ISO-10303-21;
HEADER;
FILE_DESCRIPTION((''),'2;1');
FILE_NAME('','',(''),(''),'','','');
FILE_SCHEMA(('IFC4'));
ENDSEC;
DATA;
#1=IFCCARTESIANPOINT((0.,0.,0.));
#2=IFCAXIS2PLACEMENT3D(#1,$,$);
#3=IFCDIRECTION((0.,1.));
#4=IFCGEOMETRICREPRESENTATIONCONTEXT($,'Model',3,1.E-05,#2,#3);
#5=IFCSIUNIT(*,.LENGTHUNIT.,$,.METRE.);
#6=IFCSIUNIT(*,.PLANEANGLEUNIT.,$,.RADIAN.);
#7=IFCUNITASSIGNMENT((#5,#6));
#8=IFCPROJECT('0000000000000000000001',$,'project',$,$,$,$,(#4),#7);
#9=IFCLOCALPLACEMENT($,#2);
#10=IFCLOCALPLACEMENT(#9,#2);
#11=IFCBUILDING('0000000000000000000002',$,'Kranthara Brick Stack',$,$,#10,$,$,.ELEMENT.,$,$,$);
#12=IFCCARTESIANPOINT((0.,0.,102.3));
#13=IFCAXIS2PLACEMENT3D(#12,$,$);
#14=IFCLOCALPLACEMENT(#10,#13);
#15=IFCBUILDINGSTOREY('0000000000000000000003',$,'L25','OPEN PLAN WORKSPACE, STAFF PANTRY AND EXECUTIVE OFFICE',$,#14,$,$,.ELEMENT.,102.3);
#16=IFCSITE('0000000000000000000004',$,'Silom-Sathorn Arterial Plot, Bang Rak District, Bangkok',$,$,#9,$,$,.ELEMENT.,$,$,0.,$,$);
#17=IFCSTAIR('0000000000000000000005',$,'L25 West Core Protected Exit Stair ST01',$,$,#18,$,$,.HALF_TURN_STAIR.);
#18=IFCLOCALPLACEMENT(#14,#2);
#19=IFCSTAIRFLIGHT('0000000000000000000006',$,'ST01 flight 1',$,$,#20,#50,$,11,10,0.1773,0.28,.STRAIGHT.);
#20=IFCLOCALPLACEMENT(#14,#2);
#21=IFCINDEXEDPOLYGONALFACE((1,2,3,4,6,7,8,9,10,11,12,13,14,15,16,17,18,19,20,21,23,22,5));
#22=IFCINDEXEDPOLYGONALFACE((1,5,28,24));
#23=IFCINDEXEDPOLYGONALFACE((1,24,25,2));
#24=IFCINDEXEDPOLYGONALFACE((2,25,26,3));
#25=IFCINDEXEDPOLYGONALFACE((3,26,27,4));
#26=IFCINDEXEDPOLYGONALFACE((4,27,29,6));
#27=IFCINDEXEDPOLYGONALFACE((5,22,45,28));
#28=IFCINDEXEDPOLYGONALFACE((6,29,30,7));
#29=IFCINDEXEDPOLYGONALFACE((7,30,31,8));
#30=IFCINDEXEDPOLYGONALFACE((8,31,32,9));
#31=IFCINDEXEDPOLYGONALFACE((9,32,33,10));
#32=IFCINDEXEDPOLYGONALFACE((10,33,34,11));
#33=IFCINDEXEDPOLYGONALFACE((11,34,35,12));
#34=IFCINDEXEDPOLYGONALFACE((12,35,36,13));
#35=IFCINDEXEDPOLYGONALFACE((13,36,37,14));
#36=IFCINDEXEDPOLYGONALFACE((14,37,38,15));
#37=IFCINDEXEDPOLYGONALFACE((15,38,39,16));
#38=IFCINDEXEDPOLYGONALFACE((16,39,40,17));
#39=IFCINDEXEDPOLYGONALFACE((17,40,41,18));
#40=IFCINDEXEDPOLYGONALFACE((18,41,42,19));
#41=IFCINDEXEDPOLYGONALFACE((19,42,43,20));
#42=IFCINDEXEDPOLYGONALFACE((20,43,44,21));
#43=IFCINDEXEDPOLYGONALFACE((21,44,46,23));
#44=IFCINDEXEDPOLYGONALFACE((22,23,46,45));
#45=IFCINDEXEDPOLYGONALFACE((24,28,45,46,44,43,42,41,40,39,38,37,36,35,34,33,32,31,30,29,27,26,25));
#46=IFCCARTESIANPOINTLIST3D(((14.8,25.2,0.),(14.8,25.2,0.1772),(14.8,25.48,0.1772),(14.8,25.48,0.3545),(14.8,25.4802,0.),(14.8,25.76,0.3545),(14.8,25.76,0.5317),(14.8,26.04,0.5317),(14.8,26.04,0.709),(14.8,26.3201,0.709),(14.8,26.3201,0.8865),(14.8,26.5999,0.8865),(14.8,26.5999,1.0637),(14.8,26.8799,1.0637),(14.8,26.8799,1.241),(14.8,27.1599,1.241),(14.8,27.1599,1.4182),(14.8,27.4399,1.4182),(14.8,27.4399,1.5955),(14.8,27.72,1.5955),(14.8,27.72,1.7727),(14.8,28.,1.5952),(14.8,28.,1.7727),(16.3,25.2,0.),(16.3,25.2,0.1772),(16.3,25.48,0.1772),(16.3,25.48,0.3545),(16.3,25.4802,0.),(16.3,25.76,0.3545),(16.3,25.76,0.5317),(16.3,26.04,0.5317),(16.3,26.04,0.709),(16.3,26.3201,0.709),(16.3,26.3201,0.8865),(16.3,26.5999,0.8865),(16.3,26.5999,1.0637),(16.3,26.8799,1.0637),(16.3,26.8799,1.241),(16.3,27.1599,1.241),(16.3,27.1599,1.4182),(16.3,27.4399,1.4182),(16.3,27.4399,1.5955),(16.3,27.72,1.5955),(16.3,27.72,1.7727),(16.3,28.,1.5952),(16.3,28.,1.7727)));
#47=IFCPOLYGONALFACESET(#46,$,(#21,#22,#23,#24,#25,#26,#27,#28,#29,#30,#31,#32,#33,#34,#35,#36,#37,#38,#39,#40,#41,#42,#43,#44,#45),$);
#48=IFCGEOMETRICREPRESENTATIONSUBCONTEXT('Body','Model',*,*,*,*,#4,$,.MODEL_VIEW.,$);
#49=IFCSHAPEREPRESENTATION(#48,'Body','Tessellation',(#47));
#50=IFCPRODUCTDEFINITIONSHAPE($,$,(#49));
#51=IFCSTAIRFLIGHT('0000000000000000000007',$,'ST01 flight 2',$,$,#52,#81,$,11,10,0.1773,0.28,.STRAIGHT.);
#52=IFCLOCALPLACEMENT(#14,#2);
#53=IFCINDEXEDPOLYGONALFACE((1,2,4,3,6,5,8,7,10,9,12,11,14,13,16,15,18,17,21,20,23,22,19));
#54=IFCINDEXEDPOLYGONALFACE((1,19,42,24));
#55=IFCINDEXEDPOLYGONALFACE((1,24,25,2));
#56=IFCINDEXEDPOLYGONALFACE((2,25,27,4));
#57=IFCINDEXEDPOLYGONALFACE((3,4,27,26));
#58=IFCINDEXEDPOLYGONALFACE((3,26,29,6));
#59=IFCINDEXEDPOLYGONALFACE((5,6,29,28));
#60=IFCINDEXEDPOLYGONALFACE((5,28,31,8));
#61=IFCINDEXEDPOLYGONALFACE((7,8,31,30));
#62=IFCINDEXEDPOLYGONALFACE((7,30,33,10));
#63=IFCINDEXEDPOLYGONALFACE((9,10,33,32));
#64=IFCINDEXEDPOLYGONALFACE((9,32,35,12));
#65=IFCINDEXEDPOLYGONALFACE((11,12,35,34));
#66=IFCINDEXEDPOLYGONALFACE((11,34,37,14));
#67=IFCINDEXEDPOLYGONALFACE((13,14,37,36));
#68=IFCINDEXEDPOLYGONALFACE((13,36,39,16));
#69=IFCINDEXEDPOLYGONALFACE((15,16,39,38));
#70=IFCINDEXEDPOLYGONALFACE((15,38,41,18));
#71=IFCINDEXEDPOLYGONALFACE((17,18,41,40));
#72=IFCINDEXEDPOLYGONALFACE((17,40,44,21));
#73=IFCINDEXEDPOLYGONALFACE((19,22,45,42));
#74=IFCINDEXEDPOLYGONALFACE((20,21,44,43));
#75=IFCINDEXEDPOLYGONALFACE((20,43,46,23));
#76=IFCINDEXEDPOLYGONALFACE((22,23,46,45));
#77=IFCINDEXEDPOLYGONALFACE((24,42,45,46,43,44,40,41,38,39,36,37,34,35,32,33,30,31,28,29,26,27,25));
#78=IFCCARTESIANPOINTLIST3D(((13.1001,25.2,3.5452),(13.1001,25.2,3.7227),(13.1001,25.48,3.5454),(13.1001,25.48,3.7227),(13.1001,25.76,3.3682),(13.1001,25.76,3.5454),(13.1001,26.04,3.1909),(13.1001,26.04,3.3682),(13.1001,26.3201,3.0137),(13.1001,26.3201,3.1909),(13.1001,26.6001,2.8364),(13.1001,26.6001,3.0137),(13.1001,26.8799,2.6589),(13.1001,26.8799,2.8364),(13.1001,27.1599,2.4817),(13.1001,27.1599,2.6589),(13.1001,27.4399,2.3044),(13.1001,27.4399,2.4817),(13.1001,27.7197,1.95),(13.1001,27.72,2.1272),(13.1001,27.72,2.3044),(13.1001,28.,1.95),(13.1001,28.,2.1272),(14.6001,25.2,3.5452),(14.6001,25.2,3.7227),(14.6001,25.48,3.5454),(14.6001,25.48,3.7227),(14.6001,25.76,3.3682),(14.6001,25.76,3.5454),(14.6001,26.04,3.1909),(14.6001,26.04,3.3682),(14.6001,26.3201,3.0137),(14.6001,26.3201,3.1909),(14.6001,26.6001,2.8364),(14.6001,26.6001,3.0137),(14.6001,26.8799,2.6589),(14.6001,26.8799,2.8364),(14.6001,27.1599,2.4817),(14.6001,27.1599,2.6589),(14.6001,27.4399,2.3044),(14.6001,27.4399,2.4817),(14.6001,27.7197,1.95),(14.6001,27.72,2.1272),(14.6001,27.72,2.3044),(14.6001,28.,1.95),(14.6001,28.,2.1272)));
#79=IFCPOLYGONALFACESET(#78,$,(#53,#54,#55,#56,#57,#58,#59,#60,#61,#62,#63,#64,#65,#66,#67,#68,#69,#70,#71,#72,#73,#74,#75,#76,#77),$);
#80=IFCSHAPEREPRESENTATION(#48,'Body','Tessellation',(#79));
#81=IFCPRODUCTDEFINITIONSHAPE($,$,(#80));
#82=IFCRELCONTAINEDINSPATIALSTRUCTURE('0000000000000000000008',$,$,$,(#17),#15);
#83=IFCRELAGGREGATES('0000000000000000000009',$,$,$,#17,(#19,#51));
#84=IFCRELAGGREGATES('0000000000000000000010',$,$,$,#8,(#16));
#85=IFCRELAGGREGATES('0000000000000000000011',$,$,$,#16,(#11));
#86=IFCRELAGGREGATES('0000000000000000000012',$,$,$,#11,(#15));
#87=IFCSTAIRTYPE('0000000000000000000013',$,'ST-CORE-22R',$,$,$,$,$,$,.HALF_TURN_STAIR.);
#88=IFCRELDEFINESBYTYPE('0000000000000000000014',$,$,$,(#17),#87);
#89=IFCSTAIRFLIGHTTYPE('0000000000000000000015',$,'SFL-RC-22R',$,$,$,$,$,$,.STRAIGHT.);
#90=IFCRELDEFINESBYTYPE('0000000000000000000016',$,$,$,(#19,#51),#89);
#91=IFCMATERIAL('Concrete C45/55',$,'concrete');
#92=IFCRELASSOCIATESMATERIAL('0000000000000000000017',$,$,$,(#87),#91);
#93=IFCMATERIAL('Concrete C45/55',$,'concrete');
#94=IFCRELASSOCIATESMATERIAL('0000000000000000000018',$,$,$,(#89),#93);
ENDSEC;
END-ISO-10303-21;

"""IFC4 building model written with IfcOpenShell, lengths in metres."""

from ifc_helpers import new_model, si_unit, direction, frame, origin, place, context, subcontext, project, spatial, polyline, outline, extrude, material, type_object, element, aggregate, save


model = new_model("IFC4")

# Units and contexts
model_context = context("Model", 3, precision=1e-05, world=origin(), true_north=direction((0.0, 1.0)))
body_context = subcontext(model_context, "Body", "Model", "MODEL_VIEW")
ifc_project = project(units=[si_unit("LENGTHUNIT", "METRE"), si_unit("PLANEANGLEUNIT", "RADIAN")], contexts=[model_context])

# Site, building, storey
site_placement = place(None, origin())
site = spatial("IfcSite", under=ifc_project, at=site_placement, Name="Silom-Sathorn Arterial Plot, Bang Rak District, Bangkok", CompositionType="ELEMENT", RefElevation=0.0)
building_placement = place(site_placement, origin())
building = spatial("IfcBuilding", under=site, at=building_placement, Name="Kranthara Brick Stack", CompositionType="ELEMENT")
storey_placement = place(building_placement, frame((0.0, 0.0, 102.3)))
storey = spatial("IfcBuildingStorey", under=building, at=storey_placement, Name="L25", Description="OPEN PLAN WORKSPACE, STAFF PANTRY AND EXECUTIVE OFFICE", CompositionType="ELEMENT", Elevation=102.3)

# Stair, stair flights
ifc_material_1 = material(Name="Concrete C45/55", Category="concrete")
stair_type = type_object("IfcStairType", Name="ST-CORE-22R", PredefinedType="HALF_TURN_STAIR", material=ifc_material_1)
stair_placement = place(storey_placement, origin())
stair = element("IfcStair", 1, at=stair_placement, inside=storey, type_object=stair_type, Name="L25 West Core Protected Exit Stair ST01", PredefinedType="HALF_TURN_STAIR")
ifc_material_2 = material(Name="Concrete C45/55", Category="concrete")
stair_flight_type = type_object("IfcStairFlightType", Name="SFL-RC-22R", PredefinedType="STRAIGHT", material=ifc_material_2)
stair_flight_1_placement = place(storey_placement, frame((15.55, 25.2, 0.0), z_axis=(0.0, 0.0, 1.0), x_axis=(0.0, 1.0, 0.0)))
stair_flight_1 = element("IfcStairFlight", 2, at=stair_flight_1_placement, type_object=stair_flight_type, Name="ST01 flight 1", NumberOfRisers=11, NumberOfTreads=10, PredefinedType="STRAIGHT", RiserHeight=0.1773, TreadLength=0.28, context=body_context, shape_type="SweptSolid", body=[
    extrude(outline(polyline([(0.0, 0.0), (0.0, 0.1772), (0.28, 0.1772), (0.28, 0.3545), (0.5601, 0.3545), (0.5601, 0.5317), (0.8401, 0.5317), (0.8401, 0.709), (1.1201, 0.709), (1.1201, 0.8865), (1.3999, 0.8865), (1.3999, 1.0637), (1.6799, 1.0637), (1.6799, 1.241), (1.96, 1.241), (1.96, 1.4182), (2.24, 1.4182), (2.24, 1.5955), (2.52, 1.5955), (2.52, 1.7727), (2.8, 1.7727), (2.8, 1.95), (2.8, 1.5952), (0.2803, 0.0), (0.0, 0.0)])), frame((0.0, 0.75, 0.0), z_axis=(0.0, -1.0, 0.0), x_axis=(1.0, 0.0, 0.0)), (0.0, 0.0, 1.0), 1.5),
])
stair_flight_2_placement = place(storey_placement, frame((13.8501, 28.0, 1.95), z_axis=(0.0, 0.0, 1.0), x_axis=(0.0, -1.0, 0.0)))
stair_flight_2 = element("IfcStairFlight", 3, at=stair_flight_2_placement, type_object=stair_flight_type, Name="ST01 flight 2", NumberOfRisers=11, NumberOfTreads=10, PredefinedType="STRAIGHT", RiserHeight=0.1773, TreadLength=0.28, context=body_context, shape_type="SweptSolid", body=[
    extrude(outline(polyline([(0.0, 0.0), (0.0, 0.1772), (0.28, 0.1772), (0.28, 0.3545), (0.5601, 0.3545), (0.5601, 0.5317), (0.8401, 0.5317), (0.8401, 0.709), (1.1201, 0.709), (1.1201, 0.8865), (1.3999, 0.8865), (1.3999, 1.0637), (1.6799, 1.0637), (1.6799, 1.241), (1.96, 1.241), (1.96, 1.4182), (2.24, 1.4182), (2.24, 1.5955), (2.52, 1.5955), (2.52, 1.7727), (2.8, 1.7727), (2.8, 1.95), (2.8, 1.5952), (0.2803, 0.0), (0.0, 0.0)])), frame((0.0, 0.75, 0.0), z_axis=(0.0, -1.0, 0.0), x_axis=(1.0, 0.0, 0.0)), (0.0, 0.0, 1.0), 1.5),
])
aggregate(stair, [stair_flight_1, stair_flight_2])

save(model, "model.ifc")
